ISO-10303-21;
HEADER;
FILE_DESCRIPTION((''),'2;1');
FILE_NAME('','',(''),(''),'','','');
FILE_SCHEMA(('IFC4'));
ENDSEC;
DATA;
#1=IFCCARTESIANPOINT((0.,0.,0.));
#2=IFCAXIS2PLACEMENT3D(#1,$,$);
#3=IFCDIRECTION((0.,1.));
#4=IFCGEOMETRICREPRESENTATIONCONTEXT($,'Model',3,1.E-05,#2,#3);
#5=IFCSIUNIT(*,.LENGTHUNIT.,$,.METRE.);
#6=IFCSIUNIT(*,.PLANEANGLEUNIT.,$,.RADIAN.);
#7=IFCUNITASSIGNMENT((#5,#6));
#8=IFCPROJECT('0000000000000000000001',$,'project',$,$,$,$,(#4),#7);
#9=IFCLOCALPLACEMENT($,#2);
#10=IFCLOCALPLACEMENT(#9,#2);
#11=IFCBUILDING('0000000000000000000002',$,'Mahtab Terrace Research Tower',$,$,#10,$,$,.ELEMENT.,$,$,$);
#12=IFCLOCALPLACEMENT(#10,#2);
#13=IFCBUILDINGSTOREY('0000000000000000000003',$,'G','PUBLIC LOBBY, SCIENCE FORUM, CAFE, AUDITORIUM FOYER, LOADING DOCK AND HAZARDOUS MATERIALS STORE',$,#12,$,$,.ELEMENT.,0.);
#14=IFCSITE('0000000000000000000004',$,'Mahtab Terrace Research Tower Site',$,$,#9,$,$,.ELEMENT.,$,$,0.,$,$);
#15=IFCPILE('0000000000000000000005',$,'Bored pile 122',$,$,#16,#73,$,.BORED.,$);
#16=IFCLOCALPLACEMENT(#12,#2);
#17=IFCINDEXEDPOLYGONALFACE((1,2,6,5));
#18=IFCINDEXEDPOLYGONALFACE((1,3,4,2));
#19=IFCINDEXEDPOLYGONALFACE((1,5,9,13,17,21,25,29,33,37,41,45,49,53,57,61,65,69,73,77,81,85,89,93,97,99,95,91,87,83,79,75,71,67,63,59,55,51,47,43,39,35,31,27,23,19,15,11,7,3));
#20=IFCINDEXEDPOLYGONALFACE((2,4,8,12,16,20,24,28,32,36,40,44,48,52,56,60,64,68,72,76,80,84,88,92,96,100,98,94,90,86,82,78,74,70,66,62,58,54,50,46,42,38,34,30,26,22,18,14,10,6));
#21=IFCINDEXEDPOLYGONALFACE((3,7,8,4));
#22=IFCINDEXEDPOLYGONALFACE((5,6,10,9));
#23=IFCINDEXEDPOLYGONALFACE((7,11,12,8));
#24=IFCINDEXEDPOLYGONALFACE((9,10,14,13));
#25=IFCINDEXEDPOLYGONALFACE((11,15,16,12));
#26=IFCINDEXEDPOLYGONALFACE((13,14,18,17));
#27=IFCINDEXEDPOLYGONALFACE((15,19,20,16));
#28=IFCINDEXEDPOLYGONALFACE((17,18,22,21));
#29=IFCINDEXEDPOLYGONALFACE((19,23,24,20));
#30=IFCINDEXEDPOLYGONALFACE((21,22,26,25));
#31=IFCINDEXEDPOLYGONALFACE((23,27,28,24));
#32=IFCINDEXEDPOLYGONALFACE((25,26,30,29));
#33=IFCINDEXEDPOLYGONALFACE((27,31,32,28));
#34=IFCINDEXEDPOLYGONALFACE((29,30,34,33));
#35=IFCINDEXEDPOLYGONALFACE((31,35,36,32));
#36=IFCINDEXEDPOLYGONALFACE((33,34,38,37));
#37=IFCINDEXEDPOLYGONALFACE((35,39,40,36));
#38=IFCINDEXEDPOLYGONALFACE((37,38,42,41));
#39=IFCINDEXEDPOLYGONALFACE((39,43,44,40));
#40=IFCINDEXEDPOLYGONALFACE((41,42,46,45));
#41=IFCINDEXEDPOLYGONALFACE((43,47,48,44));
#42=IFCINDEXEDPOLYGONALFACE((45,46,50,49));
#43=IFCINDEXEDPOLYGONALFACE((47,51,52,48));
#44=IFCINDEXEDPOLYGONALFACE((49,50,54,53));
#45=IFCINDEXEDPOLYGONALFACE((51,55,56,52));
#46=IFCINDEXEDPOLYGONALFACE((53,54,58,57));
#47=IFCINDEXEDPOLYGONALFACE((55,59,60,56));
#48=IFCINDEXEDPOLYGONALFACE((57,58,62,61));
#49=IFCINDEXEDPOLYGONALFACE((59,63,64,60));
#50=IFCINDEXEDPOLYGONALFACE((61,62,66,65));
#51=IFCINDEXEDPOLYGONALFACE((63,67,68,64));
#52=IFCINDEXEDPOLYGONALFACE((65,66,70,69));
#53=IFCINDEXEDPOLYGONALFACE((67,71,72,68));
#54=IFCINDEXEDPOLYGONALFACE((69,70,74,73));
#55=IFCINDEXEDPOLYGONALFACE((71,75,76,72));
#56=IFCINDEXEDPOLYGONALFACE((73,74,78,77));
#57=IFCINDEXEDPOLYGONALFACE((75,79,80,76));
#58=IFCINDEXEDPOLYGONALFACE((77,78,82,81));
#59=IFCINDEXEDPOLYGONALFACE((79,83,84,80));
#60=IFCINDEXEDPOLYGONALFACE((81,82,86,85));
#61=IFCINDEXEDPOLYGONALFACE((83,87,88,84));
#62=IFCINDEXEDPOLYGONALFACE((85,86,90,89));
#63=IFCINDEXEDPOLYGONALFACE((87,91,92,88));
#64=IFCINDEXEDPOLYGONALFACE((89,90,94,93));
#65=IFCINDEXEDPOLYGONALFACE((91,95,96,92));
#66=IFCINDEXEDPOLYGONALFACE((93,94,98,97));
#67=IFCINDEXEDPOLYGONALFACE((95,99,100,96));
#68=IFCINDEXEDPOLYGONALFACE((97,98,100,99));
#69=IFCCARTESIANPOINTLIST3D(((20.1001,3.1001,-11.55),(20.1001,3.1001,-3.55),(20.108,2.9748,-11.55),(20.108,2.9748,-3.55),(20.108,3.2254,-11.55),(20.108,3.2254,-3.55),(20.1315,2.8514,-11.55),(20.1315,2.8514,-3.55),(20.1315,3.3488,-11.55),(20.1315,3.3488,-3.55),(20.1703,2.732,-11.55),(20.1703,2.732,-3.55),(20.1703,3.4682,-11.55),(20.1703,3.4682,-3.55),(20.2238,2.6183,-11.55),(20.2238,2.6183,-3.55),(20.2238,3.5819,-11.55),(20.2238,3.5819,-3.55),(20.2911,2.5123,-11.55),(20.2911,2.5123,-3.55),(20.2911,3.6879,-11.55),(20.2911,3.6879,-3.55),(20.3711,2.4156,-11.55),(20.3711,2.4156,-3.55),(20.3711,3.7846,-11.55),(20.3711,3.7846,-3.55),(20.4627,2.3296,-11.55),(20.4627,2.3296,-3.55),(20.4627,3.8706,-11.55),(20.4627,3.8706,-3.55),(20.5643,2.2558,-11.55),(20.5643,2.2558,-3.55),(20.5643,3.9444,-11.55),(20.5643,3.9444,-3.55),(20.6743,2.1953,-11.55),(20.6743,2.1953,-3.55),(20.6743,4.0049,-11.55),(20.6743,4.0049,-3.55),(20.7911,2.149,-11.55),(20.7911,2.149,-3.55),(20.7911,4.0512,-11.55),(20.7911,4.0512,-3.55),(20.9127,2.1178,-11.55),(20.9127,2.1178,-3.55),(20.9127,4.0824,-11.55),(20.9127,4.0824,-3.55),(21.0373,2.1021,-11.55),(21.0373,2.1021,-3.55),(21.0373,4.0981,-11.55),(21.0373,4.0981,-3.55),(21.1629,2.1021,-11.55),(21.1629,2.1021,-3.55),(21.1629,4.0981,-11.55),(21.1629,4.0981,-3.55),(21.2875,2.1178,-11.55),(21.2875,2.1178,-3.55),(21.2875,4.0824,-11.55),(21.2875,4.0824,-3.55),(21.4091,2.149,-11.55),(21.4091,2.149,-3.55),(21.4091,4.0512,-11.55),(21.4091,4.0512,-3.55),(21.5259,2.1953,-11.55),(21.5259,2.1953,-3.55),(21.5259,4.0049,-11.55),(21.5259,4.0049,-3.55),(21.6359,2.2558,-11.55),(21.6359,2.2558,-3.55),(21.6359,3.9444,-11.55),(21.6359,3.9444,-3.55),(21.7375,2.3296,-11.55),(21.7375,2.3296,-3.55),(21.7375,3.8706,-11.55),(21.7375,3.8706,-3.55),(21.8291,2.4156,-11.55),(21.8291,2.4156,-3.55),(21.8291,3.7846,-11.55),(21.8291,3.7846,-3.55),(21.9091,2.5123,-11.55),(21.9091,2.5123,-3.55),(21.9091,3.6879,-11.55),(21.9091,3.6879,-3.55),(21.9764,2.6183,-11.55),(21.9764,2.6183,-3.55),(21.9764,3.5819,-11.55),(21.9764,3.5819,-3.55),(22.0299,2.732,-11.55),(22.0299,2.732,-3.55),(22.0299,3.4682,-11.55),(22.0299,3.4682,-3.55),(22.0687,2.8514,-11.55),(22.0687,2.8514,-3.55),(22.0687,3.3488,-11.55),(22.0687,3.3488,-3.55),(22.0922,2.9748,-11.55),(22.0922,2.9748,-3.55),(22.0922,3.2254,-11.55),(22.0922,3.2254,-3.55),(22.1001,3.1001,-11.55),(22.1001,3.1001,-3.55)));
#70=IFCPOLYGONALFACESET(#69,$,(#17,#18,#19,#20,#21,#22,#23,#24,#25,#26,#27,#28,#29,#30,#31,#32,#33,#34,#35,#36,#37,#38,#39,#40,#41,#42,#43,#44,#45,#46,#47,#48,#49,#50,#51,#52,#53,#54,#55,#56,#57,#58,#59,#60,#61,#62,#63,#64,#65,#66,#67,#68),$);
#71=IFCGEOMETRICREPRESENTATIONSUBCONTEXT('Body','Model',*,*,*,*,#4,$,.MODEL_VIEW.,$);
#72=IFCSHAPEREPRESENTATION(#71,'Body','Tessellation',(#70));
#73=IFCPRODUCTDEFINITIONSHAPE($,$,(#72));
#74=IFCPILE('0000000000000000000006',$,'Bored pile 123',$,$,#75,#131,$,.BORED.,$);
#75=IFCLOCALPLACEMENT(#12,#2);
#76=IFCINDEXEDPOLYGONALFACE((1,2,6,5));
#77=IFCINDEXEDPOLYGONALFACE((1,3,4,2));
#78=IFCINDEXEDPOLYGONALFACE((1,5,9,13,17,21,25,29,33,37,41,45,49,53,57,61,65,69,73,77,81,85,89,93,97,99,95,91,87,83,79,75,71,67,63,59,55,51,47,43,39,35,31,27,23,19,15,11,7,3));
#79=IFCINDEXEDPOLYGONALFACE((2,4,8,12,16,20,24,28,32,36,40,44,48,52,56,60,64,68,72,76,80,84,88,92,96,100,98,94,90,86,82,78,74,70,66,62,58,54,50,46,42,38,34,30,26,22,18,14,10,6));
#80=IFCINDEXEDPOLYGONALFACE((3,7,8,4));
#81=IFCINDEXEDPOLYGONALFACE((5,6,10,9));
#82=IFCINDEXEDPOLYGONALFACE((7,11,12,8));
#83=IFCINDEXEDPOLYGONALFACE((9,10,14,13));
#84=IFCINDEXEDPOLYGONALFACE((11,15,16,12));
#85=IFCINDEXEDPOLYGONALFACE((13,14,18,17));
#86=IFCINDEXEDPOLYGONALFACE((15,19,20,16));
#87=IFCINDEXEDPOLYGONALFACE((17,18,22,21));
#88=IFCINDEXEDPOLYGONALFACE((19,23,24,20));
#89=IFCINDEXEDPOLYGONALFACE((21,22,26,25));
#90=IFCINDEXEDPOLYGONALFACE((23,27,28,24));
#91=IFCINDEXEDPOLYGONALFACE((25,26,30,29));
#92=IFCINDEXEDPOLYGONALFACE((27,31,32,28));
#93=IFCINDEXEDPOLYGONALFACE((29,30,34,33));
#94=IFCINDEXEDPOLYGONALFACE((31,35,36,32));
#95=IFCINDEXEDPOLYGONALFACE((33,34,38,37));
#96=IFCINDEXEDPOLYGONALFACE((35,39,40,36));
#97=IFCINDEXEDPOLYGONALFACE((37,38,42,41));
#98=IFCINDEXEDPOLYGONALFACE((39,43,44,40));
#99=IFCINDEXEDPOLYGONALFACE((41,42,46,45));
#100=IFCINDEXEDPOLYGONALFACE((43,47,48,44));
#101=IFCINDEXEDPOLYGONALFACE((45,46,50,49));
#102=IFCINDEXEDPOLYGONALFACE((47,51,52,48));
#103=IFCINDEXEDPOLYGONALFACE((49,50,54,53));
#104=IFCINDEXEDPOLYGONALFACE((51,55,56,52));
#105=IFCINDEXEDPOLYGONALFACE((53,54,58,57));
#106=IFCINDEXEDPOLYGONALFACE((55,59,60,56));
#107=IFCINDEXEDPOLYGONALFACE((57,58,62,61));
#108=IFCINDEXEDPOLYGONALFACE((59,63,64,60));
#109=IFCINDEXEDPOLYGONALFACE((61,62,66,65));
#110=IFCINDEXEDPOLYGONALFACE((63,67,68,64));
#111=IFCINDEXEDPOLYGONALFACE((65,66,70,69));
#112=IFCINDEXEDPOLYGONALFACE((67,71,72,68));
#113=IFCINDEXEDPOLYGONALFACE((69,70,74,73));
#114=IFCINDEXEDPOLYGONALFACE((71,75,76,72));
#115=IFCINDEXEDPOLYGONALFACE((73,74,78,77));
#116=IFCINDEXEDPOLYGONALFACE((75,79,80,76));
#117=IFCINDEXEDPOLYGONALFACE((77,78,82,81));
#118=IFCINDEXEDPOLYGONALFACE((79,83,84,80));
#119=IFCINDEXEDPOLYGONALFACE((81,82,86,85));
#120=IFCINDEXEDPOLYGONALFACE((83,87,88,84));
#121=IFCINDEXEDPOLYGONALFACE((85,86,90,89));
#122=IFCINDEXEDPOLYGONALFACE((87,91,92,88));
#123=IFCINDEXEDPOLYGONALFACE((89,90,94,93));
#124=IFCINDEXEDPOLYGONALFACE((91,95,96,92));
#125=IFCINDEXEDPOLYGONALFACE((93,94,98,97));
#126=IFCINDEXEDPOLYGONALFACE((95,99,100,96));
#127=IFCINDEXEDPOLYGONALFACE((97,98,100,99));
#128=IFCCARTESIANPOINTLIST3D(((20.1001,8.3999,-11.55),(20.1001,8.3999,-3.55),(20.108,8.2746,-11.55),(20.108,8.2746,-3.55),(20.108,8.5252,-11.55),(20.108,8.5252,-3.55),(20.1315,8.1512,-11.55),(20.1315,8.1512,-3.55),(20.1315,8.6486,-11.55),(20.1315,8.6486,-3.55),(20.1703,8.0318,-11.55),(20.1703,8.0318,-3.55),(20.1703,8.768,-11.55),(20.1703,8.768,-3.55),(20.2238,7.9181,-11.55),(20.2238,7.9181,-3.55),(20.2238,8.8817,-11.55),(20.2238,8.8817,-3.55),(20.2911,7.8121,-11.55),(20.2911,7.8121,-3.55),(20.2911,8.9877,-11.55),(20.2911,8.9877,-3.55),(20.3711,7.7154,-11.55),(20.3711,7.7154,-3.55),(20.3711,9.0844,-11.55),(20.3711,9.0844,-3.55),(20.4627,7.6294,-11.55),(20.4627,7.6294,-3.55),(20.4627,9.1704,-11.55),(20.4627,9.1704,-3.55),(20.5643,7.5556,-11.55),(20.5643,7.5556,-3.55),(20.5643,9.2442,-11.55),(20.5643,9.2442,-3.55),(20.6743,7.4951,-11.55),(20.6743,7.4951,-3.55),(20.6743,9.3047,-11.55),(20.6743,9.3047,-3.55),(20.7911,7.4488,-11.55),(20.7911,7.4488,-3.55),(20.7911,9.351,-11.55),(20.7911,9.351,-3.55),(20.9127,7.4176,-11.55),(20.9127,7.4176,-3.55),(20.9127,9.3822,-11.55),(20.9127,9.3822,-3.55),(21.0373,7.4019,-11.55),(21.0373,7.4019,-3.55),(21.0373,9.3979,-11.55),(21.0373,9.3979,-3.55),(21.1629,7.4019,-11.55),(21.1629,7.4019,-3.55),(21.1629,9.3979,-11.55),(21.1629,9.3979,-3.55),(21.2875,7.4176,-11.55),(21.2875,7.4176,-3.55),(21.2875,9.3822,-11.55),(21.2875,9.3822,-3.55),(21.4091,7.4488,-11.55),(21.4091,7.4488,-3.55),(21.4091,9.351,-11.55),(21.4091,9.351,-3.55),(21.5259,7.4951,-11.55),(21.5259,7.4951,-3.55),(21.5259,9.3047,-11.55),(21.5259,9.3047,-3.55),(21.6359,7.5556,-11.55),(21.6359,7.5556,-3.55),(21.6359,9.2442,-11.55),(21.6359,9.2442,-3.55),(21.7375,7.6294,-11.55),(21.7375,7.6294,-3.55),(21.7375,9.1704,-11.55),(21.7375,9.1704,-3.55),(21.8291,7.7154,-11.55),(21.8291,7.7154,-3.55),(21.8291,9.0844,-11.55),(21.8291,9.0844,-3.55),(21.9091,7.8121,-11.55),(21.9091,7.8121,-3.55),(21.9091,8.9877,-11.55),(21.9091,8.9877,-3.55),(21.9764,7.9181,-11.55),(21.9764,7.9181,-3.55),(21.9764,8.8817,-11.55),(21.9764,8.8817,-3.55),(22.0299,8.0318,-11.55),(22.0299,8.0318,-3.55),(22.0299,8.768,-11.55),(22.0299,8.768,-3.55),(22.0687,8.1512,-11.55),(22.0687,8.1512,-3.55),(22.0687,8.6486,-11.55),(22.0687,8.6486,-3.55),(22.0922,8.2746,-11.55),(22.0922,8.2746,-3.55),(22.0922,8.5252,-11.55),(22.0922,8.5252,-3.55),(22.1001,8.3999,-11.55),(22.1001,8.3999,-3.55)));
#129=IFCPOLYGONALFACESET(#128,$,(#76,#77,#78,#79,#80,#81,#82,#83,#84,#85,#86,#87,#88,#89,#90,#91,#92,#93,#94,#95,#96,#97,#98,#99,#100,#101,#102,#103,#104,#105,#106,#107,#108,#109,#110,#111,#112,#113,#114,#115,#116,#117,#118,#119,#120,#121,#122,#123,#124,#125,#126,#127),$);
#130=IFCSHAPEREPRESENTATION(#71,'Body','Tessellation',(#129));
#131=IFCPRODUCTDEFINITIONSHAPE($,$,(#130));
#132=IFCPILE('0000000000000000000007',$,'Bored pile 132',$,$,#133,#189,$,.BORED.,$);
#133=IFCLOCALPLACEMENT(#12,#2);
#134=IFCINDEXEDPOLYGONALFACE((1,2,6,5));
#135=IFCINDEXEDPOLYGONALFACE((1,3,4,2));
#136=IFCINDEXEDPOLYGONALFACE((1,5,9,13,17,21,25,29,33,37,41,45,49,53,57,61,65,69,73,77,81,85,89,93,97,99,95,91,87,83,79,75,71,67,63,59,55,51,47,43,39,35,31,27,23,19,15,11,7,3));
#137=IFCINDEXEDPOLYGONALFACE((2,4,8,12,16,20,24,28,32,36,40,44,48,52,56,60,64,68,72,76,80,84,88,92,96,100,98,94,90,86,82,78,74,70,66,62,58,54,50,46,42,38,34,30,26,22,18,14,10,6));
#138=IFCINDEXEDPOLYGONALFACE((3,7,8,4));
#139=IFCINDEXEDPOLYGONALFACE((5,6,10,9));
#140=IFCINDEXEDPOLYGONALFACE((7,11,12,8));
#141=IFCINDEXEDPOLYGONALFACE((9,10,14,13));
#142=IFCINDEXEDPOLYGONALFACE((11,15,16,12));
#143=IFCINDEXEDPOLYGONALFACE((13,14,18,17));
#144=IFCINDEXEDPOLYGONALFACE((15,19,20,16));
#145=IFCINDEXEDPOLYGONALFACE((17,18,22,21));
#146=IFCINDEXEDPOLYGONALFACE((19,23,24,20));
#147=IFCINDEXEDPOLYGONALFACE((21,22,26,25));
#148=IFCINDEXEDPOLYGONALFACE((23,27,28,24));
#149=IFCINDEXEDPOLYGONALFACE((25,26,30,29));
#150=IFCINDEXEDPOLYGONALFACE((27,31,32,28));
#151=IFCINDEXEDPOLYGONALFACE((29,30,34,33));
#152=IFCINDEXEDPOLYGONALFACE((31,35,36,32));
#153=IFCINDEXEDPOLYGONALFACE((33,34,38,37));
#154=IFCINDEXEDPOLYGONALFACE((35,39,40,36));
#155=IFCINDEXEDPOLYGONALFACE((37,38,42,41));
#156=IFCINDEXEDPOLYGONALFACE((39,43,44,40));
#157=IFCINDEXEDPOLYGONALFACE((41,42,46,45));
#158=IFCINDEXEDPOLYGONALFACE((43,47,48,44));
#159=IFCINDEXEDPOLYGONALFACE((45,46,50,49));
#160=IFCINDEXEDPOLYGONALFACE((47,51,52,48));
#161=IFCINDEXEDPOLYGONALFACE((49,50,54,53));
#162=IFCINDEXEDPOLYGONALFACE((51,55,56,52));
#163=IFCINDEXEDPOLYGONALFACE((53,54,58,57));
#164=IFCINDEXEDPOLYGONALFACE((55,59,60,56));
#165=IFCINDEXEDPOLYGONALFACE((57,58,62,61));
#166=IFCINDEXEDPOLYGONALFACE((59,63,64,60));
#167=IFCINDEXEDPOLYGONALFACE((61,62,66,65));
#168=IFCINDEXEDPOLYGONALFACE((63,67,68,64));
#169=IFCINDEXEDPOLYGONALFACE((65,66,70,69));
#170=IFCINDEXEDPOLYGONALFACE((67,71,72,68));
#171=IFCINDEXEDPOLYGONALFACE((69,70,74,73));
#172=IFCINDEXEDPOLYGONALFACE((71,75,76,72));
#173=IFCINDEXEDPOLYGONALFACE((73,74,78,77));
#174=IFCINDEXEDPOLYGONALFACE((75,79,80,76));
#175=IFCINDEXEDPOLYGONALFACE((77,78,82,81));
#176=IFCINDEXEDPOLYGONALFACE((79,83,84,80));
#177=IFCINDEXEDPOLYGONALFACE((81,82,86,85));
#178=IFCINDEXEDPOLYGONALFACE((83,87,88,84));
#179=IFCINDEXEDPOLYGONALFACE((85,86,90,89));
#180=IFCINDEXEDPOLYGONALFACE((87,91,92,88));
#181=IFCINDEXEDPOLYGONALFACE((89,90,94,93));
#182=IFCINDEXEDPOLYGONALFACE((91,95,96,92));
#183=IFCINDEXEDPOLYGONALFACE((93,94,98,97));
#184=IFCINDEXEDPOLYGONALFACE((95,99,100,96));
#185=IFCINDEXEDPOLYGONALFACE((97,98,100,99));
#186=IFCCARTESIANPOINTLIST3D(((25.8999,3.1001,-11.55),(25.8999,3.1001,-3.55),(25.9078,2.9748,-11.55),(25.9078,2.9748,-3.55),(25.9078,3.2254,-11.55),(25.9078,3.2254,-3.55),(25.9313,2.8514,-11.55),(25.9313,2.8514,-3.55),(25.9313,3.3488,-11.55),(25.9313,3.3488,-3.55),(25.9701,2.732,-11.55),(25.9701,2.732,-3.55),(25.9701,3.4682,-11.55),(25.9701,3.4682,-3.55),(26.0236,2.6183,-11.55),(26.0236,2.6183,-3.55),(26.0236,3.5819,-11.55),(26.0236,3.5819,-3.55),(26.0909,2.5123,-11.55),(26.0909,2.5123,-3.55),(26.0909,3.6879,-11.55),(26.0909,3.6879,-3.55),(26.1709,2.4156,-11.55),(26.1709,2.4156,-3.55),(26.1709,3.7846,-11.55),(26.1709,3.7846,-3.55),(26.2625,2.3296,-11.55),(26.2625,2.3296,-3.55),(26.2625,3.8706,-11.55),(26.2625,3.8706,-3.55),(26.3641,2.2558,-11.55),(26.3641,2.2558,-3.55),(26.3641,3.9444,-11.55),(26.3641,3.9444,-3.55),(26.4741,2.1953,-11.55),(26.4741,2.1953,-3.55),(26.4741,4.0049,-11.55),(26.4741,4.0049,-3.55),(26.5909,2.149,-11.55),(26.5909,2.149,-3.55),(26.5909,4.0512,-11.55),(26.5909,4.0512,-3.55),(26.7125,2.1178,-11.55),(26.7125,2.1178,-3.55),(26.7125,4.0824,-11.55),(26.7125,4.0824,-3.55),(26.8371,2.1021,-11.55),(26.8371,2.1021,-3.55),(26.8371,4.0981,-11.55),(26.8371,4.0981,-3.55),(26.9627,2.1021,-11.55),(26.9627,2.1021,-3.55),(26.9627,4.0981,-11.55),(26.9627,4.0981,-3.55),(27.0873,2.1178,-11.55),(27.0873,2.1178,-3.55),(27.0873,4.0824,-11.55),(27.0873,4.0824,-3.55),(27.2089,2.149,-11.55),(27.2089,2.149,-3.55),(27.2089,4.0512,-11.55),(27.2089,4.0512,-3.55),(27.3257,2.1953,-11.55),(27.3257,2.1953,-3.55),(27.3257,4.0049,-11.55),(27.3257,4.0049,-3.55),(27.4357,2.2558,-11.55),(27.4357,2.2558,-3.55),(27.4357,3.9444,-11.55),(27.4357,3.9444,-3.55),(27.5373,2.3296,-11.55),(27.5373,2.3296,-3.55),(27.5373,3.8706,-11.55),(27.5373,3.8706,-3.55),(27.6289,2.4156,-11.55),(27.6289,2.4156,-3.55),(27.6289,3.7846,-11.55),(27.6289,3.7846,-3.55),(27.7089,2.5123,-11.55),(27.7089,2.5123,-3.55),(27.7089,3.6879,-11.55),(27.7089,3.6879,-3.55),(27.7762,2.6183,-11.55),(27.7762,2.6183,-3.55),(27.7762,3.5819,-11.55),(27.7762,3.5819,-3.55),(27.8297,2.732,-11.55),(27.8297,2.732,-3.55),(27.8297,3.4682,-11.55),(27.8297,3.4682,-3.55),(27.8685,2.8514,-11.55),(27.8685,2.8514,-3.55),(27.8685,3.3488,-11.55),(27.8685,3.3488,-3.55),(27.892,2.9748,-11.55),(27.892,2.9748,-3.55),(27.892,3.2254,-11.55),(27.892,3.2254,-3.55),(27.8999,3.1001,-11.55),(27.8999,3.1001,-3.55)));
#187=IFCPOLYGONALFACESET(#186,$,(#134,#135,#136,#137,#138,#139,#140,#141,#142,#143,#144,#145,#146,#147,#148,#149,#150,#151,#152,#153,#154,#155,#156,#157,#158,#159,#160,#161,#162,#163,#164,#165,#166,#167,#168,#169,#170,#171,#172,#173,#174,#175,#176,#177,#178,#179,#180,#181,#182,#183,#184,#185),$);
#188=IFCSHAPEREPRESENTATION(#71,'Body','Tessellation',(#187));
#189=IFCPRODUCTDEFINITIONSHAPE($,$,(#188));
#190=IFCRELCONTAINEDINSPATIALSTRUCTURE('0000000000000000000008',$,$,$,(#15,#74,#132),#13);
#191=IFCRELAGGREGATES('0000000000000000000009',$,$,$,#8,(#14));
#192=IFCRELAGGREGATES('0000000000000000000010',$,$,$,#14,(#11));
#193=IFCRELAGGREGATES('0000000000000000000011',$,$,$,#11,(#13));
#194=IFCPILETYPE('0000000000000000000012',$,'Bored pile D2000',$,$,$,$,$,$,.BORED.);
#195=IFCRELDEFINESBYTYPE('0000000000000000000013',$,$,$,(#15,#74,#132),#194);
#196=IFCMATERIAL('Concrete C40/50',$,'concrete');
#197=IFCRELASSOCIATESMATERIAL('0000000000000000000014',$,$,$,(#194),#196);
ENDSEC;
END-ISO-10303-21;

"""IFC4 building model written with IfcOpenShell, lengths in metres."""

from ifc_helpers import new_model, si_unit, direction, frame, origin, origin_2d, place, context, subcontext, project, spatial, circle, extrude, material, material_profile, profile_set, type_object, element, save


model = new_model("IFC4")

# Units and contexts
model_context = context("Model", 3, precision=1e-05, world=origin(), true_north=direction((0.0, 1.0)))
body_context = subcontext(model_context, "Body", "Model", "MODEL_VIEW")
ifc_project = project(units=[si_unit("LENGTHUNIT", "METRE"), si_unit("PLANEANGLEUNIT", "RADIAN")], contexts=[model_context])

# Site, building, storey
site_placement = place(None, origin())
site = spatial("IfcSite", under=ifc_project, at=site_placement, Name="Mahtab Terrace Research Tower Site", CompositionType="ELEMENT", RefElevation=0.0)
building_placement = place(site_placement, origin())
building = spatial("IfcBuilding", under=site, at=building_placement, Name="Mahtab Terrace Research Tower", CompositionType="ELEMENT")
storey_placement = place(building_placement, origin())
storey = spatial("IfcBuildingStorey", under=building, at=storey_placement, Name="G", Description="PUBLIC LOBBY, SCIENCE FORUM, CAFE, AUDITORIUM FOYER, LOADING DOCK AND HAZARDOUS MATERIALS STORE", CompositionType="ELEMENT", Elevation=0.0)

# Piles
ifc_material_1 = material(Name="Concrete C40/50", Category="concrete")
ifc_material_profile_1 = material_profile(ifc_material_1, circle(Radius=1.0, at=origin_2d()), Name="Bored pile D2000")
ifc_profile_set_1 = profile_set([ifc_material_profile_1], Name="Concrete C40/50")
pile_type = type_object("IfcPileType", Name="Bored pile D2000", PredefinedType="BORED", material=ifc_profile_set_1)
for number, where, z_axis, x_axis, name in (
    (1, (21.1001, 3.1001, -3.55), (0.0, 0.0, -1.0), (1.0, 0.0, 0.0), "Bored pile 122"),
    (2, (21.1001, 8.3999, -3.55), (0.0, 0.0, -1.0), (1.0, 0.0, 0.0), "Bored pile 123"),
    (3, (26.8999, 3.1001, -3.55), (0.0, 0.0, -1.0), (1.0, 0.0, 0.0), "Bored pile 132"),
):
    element("IfcPile", number, at=place(storey_placement, frame(where, z_axis=z_axis, x_axis=x_axis)), inside=storey, type_object=pile_type, Name=name, PredefinedType="BORED", context=body_context, shape_type="SweptSolid", body=[
        extrude(circle(Radius=1.0, at=origin_2d()), origin(), (0.0, 0.0, 1.0), 8.0),
    ])

save(model, "model.ifc")
